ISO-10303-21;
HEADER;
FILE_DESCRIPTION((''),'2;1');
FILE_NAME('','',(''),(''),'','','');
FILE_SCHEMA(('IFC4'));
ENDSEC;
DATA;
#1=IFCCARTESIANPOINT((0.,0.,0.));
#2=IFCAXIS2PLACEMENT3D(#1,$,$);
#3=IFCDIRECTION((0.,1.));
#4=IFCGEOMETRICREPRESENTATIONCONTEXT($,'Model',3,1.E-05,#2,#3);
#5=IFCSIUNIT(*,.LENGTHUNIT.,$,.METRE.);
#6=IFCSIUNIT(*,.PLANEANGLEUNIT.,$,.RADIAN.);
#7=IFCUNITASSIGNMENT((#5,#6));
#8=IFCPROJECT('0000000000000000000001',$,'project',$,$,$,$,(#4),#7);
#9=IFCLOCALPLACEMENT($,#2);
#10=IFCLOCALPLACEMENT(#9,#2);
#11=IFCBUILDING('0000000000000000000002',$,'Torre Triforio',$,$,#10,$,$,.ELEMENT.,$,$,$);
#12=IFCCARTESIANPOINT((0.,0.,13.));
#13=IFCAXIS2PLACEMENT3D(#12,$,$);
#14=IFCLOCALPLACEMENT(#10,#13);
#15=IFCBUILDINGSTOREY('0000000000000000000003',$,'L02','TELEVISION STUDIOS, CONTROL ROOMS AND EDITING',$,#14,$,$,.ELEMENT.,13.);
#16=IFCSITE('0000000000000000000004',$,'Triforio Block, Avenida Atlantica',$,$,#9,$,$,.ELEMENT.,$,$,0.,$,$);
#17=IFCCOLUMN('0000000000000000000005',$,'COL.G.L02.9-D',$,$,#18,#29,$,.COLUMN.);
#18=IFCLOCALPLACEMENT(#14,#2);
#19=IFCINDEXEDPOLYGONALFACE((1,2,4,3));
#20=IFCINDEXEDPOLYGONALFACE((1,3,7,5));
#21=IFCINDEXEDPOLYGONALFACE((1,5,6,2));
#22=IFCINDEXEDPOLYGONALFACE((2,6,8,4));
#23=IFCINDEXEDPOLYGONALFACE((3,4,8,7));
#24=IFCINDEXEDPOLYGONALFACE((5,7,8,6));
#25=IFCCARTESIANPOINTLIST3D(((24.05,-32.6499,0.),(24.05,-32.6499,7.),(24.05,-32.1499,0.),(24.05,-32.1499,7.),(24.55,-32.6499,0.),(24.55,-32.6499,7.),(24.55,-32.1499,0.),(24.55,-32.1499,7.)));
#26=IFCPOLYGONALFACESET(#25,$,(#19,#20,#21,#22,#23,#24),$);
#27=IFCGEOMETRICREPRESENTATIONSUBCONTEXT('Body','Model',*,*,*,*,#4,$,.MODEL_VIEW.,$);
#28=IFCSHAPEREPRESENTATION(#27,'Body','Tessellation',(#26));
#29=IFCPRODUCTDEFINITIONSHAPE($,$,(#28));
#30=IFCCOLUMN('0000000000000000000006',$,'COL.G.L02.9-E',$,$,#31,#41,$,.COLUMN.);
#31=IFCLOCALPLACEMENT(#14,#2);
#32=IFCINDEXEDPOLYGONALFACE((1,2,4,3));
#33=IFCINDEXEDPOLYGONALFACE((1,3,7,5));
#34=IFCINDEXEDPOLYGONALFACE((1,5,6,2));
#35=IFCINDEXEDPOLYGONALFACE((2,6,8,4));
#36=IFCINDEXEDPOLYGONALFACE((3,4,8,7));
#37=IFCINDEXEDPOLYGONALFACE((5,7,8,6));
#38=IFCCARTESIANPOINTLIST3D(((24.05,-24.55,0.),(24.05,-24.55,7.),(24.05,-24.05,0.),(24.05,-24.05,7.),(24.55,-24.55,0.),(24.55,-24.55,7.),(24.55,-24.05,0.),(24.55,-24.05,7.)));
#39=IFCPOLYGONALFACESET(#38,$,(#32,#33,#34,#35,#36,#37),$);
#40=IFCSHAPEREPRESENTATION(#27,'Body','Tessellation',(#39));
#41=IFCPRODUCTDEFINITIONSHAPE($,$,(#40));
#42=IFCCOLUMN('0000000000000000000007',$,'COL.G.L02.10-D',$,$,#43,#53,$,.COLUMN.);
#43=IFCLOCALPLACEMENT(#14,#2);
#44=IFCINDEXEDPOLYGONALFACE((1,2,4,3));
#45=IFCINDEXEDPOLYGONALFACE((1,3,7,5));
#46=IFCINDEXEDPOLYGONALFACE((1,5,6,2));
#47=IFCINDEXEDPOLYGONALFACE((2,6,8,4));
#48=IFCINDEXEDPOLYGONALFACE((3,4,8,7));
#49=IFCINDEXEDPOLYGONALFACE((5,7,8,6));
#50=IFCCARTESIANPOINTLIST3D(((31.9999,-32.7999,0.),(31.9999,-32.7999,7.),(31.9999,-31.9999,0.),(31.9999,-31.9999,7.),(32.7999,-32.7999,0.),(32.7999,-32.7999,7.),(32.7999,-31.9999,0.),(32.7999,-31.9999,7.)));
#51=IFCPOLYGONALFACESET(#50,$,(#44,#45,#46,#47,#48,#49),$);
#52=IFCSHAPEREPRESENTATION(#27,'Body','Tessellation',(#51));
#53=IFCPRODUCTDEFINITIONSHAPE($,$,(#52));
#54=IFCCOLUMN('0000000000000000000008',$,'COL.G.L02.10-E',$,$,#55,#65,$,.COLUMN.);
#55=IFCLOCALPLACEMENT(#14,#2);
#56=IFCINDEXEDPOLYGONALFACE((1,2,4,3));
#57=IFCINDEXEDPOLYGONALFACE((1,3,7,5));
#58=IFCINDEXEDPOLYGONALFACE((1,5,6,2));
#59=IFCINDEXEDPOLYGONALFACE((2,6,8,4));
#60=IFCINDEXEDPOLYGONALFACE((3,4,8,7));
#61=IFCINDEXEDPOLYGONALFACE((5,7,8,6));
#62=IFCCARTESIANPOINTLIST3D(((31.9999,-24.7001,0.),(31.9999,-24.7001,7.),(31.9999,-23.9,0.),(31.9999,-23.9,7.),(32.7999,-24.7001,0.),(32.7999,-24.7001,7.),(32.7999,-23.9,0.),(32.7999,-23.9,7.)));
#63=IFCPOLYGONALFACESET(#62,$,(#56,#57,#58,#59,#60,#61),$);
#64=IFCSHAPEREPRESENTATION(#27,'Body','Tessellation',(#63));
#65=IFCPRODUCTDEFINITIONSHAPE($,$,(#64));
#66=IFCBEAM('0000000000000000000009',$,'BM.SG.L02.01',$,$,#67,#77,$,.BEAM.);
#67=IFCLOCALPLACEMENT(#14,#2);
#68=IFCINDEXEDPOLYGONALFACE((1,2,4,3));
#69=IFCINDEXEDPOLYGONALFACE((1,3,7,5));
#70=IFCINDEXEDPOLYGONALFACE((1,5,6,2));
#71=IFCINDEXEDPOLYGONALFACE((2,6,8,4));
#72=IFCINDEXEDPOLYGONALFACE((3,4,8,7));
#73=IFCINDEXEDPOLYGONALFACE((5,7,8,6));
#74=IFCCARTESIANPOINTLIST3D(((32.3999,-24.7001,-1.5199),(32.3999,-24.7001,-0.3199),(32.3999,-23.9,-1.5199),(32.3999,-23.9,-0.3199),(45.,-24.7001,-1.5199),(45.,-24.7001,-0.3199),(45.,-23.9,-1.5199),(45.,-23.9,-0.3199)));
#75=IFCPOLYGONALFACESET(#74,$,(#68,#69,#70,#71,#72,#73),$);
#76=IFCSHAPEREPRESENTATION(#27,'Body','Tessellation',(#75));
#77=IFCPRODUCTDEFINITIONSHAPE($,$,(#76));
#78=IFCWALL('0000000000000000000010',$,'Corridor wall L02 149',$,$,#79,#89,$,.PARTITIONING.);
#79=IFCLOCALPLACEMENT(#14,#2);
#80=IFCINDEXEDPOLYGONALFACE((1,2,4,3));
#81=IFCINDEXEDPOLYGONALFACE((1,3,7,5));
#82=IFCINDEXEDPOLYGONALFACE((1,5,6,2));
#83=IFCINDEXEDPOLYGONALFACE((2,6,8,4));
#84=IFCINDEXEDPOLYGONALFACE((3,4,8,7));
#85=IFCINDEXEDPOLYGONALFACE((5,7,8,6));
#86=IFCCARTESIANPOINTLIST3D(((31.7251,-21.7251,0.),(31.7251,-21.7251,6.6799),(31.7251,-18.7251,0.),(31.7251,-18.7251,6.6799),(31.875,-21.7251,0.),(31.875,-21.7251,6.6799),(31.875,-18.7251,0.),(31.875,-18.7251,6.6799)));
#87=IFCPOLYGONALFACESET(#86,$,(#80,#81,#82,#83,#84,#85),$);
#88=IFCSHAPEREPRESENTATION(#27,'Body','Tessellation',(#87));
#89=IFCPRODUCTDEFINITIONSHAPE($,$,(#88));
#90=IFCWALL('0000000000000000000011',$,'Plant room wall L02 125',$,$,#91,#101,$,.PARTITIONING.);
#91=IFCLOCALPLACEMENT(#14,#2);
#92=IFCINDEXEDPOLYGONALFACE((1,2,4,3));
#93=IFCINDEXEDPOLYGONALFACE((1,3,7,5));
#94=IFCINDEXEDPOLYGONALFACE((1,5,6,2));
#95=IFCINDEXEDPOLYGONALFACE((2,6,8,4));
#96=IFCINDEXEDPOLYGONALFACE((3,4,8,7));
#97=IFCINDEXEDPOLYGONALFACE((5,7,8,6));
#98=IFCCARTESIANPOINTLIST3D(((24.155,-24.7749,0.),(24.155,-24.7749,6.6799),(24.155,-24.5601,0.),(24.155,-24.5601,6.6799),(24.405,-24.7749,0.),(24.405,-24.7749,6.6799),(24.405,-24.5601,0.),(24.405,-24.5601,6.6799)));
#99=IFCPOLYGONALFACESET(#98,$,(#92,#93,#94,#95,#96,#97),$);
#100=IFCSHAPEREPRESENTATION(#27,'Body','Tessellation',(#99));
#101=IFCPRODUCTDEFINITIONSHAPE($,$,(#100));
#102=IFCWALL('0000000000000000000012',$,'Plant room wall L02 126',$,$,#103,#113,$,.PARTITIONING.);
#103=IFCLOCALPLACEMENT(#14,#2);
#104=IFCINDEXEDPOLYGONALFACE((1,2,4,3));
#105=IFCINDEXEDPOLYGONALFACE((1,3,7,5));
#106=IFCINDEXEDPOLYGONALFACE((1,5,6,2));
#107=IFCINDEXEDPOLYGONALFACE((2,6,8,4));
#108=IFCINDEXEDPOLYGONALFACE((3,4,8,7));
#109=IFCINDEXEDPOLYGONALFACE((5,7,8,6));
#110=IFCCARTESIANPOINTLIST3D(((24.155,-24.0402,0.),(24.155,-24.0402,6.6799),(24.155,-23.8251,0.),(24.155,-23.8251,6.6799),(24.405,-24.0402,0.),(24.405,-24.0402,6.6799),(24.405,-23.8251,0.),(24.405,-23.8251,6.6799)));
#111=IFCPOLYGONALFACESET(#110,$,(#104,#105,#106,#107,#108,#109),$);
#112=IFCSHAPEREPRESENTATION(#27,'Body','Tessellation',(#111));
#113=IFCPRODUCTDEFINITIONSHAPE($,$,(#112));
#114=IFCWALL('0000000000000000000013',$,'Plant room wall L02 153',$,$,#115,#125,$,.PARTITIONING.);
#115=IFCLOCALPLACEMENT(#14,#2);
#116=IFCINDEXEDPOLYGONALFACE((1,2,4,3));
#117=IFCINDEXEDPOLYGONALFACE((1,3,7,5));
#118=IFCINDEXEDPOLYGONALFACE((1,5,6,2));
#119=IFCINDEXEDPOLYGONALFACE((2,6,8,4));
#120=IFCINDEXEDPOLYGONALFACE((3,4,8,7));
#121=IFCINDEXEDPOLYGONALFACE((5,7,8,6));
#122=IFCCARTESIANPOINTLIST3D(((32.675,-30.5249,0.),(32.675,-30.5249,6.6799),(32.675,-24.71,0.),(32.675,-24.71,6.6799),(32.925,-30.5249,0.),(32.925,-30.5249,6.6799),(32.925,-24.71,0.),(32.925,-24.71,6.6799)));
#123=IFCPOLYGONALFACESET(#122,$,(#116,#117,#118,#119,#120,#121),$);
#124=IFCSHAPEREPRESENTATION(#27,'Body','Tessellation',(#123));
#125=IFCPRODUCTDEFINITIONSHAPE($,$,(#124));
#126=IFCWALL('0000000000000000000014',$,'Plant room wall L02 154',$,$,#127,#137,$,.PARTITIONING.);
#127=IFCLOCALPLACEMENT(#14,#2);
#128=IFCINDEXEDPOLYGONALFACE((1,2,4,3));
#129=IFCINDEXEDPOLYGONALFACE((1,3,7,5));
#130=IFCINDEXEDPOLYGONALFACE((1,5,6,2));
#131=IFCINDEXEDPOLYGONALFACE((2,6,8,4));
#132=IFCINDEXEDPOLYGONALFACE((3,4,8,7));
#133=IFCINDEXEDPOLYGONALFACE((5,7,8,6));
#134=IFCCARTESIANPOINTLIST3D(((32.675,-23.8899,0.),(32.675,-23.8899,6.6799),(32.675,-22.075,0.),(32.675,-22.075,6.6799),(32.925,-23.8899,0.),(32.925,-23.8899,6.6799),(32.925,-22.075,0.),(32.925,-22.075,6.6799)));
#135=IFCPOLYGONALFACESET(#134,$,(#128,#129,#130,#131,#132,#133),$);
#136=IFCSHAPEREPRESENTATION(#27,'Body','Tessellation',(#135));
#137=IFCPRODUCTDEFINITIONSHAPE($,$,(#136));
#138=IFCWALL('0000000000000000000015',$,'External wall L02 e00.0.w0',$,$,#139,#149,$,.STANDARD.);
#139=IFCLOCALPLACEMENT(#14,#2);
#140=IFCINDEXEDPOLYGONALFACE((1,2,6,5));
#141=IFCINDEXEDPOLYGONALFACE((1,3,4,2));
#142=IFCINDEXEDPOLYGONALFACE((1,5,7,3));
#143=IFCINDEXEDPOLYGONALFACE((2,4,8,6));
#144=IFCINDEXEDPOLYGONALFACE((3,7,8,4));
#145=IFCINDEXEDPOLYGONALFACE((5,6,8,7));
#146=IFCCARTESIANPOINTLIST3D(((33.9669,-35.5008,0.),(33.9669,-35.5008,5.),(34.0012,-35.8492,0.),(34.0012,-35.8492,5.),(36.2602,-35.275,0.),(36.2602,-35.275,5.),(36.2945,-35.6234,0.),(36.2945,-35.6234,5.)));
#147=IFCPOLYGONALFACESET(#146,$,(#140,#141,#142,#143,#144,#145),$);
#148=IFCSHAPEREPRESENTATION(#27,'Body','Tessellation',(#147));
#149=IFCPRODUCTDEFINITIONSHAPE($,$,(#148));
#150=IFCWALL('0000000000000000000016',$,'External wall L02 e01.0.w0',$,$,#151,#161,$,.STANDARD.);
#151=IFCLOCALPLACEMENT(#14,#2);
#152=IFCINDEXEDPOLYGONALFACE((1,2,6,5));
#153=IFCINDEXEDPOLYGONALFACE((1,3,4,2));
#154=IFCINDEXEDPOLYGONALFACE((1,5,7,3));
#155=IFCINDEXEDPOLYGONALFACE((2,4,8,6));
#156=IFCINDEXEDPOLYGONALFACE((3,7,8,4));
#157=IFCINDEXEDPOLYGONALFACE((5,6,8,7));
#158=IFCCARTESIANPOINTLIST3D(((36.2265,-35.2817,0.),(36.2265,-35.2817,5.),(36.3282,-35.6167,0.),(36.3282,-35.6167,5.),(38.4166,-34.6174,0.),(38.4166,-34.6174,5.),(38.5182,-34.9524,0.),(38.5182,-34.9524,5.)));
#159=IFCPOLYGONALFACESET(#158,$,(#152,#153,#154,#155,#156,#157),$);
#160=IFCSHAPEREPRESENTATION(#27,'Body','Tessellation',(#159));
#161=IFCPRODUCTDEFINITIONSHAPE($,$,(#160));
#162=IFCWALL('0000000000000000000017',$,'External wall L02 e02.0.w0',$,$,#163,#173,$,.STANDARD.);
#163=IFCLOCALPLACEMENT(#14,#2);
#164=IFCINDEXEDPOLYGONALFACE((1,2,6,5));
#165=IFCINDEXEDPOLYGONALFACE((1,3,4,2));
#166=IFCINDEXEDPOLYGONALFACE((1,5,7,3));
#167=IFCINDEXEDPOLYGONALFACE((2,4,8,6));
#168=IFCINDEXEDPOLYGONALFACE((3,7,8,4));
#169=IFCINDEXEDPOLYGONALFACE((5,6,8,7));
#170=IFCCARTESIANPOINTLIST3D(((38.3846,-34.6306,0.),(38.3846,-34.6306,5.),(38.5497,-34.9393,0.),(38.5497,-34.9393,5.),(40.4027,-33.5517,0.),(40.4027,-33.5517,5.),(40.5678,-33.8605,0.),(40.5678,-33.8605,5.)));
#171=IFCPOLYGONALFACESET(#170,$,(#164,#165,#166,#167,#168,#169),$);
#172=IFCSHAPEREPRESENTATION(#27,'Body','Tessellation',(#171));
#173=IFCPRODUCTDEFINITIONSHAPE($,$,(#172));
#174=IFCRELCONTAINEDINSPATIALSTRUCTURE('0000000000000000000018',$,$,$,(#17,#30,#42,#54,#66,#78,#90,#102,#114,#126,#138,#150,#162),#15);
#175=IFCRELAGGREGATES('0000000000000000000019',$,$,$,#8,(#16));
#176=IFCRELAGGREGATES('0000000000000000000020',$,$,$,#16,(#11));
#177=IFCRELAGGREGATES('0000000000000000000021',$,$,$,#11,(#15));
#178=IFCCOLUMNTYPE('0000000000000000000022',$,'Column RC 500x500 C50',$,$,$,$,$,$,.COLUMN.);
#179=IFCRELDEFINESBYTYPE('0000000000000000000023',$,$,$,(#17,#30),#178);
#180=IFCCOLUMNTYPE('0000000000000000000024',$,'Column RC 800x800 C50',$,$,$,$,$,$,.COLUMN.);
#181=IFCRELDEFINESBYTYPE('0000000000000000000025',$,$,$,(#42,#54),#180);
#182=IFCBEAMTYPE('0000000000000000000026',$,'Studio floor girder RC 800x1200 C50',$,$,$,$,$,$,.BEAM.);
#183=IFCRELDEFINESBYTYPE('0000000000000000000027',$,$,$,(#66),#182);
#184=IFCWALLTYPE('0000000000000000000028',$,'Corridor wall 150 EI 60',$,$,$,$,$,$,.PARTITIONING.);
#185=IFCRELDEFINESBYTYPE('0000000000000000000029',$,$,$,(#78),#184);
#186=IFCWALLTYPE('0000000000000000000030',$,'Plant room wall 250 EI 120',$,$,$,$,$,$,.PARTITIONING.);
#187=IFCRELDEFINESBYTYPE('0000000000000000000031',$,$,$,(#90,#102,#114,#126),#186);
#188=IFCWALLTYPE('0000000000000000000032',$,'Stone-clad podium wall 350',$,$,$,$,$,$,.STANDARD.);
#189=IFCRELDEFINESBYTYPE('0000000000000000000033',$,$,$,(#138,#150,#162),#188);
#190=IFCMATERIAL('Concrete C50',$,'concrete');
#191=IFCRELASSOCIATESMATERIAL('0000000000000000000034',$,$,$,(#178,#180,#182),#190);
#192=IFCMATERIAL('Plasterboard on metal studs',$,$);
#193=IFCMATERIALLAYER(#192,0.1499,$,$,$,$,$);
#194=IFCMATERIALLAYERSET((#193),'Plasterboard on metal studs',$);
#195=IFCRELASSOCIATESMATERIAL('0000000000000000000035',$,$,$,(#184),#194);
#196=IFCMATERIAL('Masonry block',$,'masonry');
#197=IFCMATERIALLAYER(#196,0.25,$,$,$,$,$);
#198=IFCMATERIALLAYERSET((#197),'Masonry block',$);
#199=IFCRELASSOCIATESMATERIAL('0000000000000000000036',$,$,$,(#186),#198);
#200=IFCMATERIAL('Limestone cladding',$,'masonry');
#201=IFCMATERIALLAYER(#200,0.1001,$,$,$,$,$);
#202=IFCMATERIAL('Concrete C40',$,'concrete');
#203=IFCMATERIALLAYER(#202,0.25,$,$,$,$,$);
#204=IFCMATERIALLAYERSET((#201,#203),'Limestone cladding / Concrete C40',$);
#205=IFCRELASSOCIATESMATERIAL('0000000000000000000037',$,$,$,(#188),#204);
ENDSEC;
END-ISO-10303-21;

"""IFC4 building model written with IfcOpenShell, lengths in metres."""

from ifc_helpers import new_model, si_unit, direction, frame, frame_2d, origin, origin_2d, place, context, subcontext, project, spatial, rectangle, extrude, material, layer, layer_set, material_profile, profile_set, type_object, element, save


model = new_model("IFC4")

# Units and contexts
model_context = context("Model", 3, precision=1e-05, world=origin(), true_north=direction((0.0, 1.0)))
body_context = subcontext(model_context, "Body", "Model", "MODEL_VIEW")
ifc_project = project(units=[si_unit("LENGTHUNIT", "METRE"), si_unit("PLANEANGLEUNIT", "RADIAN")], contexts=[model_context])

# Site, building, storey
site_placement = place(None, origin())
site = spatial("IfcSite", under=ifc_project, at=site_placement, Name="Triforio Block, Avenida Atlantica", CompositionType="ELEMENT", RefElevation=0.0)
building_placement = place(site_placement, origin())
building = spatial("IfcBuilding", under=site, at=building_placement, Name="Torre Triforio", CompositionType="ELEMENT")
storey_placement = place(building_placement, frame((0.0, 0.0, 13.0)))
storey = spatial("IfcBuildingStorey", under=building, at=storey_placement, Name="L02", Description="TELEVISION STUDIOS, CONTROL ROOMS AND EDITING", CompositionType="ELEMENT", Elevation=13.0)

# Columns
ifc_material_1 = material(Name="Concrete C50", Category="concrete")
ifc_material_profile_1 = material_profile(ifc_material_1, rectangle(XDim=0.5, YDim=0.5, at=origin_2d()), Name="RC 500x500")
ifc_profile_set_1 = profile_set([ifc_material_profile_1], Name="Concrete C50")
column_type_1 = type_object("IfcColumnType", Name="Column RC 500x500 C50", PredefinedType="COLUMN", material=ifc_profile_set_1)
for number, where, z_axis, x_axis, name in (
    (1, (24.3, -32.3999, 0.0), (0.0, 0.0, 1.0), (1.0, 0.0, 0.0), "COL.G.L02.9-D"),
    (2, (24.3, -24.3, 0.0), (0.0, 0.0, 1.0), (1.0, 0.0, 0.0), "COL.G.L02.9-E"),
):
    element("IfcColumn", number, at=place(storey_placement, frame(where, z_axis=z_axis, x_axis=x_axis)), inside=storey, type_object=column_type_1, Name=name, PredefinedType="COLUMN", context=body_context, shape_type="SweptSolid", body=[
        extrude(rectangle(XDim=0.5, YDim=0.5, at=origin_2d()), origin(), (0.0, 0.0, 1.0), 7.0),
    ])
ifc_material_profile_2 = material_profile(ifc_material_1, rectangle(XDim=0.8, YDim=0.8, at=origin_2d()), Name="RC 800x800")
ifc_profile_set_2 = profile_set([ifc_material_profile_2], Name="Concrete C50")
column_type_2 = type_object("IfcColumnType", Name="Column RC 800x800 C50", PredefinedType="COLUMN", material=ifc_profile_set_2)
for number, where, z_axis, x_axis, name in (
    (3, (32.3999, -32.3999, 0.0), (0.0, 0.0, 1.0), (1.0, 0.0, 0.0), "COL.G.L02.10-D"),
    (4, (32.3999, -24.3, 0.0), (0.0, 0.0, 1.0), (1.0, 0.0, 0.0), "COL.G.L02.10-E"),
):
    element("IfcColumn", number, at=place(storey_placement, frame(where, z_axis=z_axis, x_axis=x_axis)), inside=storey, type_object=column_type_2, Name=name, PredefinedType="COLUMN", context=body_context, shape_type="SweptSolid", body=[
        extrude(rectangle(XDim=0.8, YDim=0.8, at=origin_2d()), origin(), (0.0, 0.0, 1.0), 7.0),
    ])

# Beam
ifc_material_profile_3 = material_profile(ifc_material_1, rectangle(XDim=0.8, YDim=1.2, at=origin_2d()), Name="RC 800x1200")
ifc_profile_set_3 = profile_set([ifc_material_profile_3], Name="Concrete C50")
beam_type = type_object("IfcBeamType", Name="Studio floor girder RC 800x1200 C50", PredefinedType="BEAM", material=ifc_profile_set_3)
beam_placement = place(storey_placement, frame((32.3999, -24.3, -0.9199), z_axis=(1.0, 0.0, 0.0), x_axis=(0.0, 1.0, 0.0)))
element("IfcBeam", 5, at=beam_placement, inside=storey, type_object=beam_type, Name="BM.SG.L02.01", PredefinedType="BEAM", context=body_context, shape_type="SweptSolid", body=[
    extrude(rectangle(XDim=0.8, YDim=1.2, at=origin_2d()), origin(), (0.0, 0.0, 1.0), 12.6001),
])

# Walls
ifc_material_2 = material(Name="Plasterboard on metal studs")
ifc_layer_1 = layer(ifc_material_2, 0.1499)
ifc_layer_set_1 = layer_set([ifc_layer_1], Name="Plasterboard on metal studs")
wall_type_1 = type_object("IfcWallType", Name="Corridor wall 150 EI 60", PredefinedType="PARTITIONING", material=ifc_layer_set_1)
wall_1_placement = place(storey_placement, frame((31.8, -21.7251, 0.0), z_axis=(0.0, 0.0, 1.0), x_axis=(0.0, 1.0, 0.0)))
element("IfcWall", 6, at=wall_1_placement, inside=storey, type_object=wall_type_1, Name="Corridor wall L02 149", PredefinedType="PARTITIONING", context=body_context, shape_type="SweptSolid", body=[
    extrude(rectangle(XDim=3.0, YDim=0.1499, at=frame_2d((1.5, 0.0))), origin(), (0.0, 0.0, 1.0), 6.6799),
])
ifc_material_3 = material(Name="Masonry block", Category="masonry")
ifc_layer_2 = layer(ifc_material_3, 0.25)
ifc_layer_set_2 = layer_set([ifc_layer_2], Name="Masonry block")
wall_type_2 = type_object("IfcWallType", Name="Plant room wall 250 EI 120", PredefinedType="PARTITIONING", material=ifc_layer_set_2)
wall_2_placement = place(storey_placement, frame((24.28, -24.7749, 0.0), z_axis=(0.0, 0.0, 1.0), x_axis=(0.0, 1.0, 0.0)))
element("IfcWall", 7, at=wall_2_placement, inside=storey, type_object=wall_type_2, Name="Plant room wall L02 125", PredefinedType="PARTITIONING", context=body_context, shape_type="SweptSolid", body=[
    extrude(rectangle(XDim=0.2148, YDim=0.25, at=frame_2d((0.1074, 0.0))), origin(), (0.0, 0.0, 1.0), 6.6799),
])
wall_3_placement = place(storey_placement, frame((24.28, -24.04, 0.0), z_axis=(0.0, 0.0, 1.0), x_axis=(0.0, 1.0, 0.0)))
element("IfcWall", 8, at=wall_3_placement, inside=storey, type_object=wall_type_2, Name="Plant room wall L02 126", PredefinedType="PARTITIONING", context=body_context, shape_type="SweptSolid", body=[
    extrude(rectangle(XDim=0.2151, YDim=0.25, at=frame_2d((0.1074, 0.0))), origin(), (0.0, 0.0, 1.0), 6.6799),
])
wall_4_placement = place(storey_placement, frame((32.8, -30.5249, 0.0), z_axis=(0.0, 0.0, 1.0), x_axis=(0.0, 1.0, 0.0)))
element("IfcWall", 9, at=wall_4_placement, inside=storey, type_object=wall_type_2, Name="Plant room wall L02 153", PredefinedType="PARTITIONING", context=body_context, shape_type="SweptSolid", body=[
    extrude(rectangle(XDim=5.8149, YDim=0.25, at=frame_2d((2.9075, 0.0))), origin(), (0.0, 0.0, 1.0), 6.6799),
])
wall_5_placement = place(storey_placement, frame((32.8, -23.8899, 0.0), z_axis=(0.0, 0.0, 1.0), x_axis=(0.0, 1.0, 0.0)))
element("IfcWall", 10, at=wall_5_placement, inside=storey, type_object=wall_type_2, Name="Plant room wall L02 154", PredefinedType="PARTITIONING", context=body_context, shape_type="SweptSolid", body=[
    extrude(rectangle(XDim=1.8149, YDim=0.25, at=frame_2d((0.9075, 0.0))), origin(), (0.0, 0.0, 1.0), 6.6799),
])
ifc_material_4 = material(Name="Limestone cladding", Category="masonry")
ifc_layer_3 = layer(ifc_material_4, 0.1001)
ifc_material_5 = material(Name="Concrete C40", Category="concrete")
ifc_layer_4 = layer(ifc_material_5, 0.25)
ifc_layer_set_3 = layer_set([ifc_layer_3, ifc_layer_4], Name="Limestone cladding / Concrete C40")
wall_type_3 = type_object("IfcWallType", Name="Stone-clad podium wall 350", PredefinedType="STANDARD", material=ifc_layer_set_3)
wall_6_placement = place(storey_placement, frame((33.9839, -35.675, 0.0), z_axis=(0.0, 0.0, 1.0), x_axis=(0.995187, 0.097993, 0.0)))
element("IfcWall", 11, at=wall_6_placement, inside=storey, type_object=wall_type_3, Name="External wall L02 e00.0.w0", PredefinedType="STANDARD", context=body_context, shape_type="SweptSolid", body=[
    extrude(rectangle(XDim=2.3044, YDim=0.3501, at=frame_2d((1.1523, 0.0))), origin(), (0.0, 0.0, 1.0), 5.0),
])
wall_7_placement = place(storey_placement, frame((36.2773, -35.4492, 0.0), z_axis=(0.0, 0.0, 1.0), x_axis=(0.956941, 0.290283, 0.0)))
element("IfcWall", 12, at=wall_7_placement, inside=storey, type_object=wall_type_3, Name="External wall L02 e01.0.w0", PredefinedType="STANDARD", context=body_context, shape_type="SweptSolid", body=[
    extrude(rectangle(XDim=2.2886, YDim=0.3501, at=frame_2d((1.1443, 0.0))), origin(), (0.0, 0.0, 1.0), 5.0),
])
wall_8_placement = place(storey_placement, frame((38.4673, -34.7849, 0.0), z_axis=(0.0, 0.0, 1.0), x_axis=(0.881889, 0.471457, 0.0)))
element("IfcWall", 13, at=wall_8_placement, inside=storey, type_object=wall_type_3, Name="External wall L02 e02.0.w0", PredefinedType="STANDARD", context=body_context, shape_type="SweptSolid", body=[
    extrude(rectangle(XDim=2.2883, YDim=0.3501, at=frame_2d((1.144, 0.0))), origin(), (0.0, 0.0, 1.0), 5.0),
])

save(model, "model.ifc")
